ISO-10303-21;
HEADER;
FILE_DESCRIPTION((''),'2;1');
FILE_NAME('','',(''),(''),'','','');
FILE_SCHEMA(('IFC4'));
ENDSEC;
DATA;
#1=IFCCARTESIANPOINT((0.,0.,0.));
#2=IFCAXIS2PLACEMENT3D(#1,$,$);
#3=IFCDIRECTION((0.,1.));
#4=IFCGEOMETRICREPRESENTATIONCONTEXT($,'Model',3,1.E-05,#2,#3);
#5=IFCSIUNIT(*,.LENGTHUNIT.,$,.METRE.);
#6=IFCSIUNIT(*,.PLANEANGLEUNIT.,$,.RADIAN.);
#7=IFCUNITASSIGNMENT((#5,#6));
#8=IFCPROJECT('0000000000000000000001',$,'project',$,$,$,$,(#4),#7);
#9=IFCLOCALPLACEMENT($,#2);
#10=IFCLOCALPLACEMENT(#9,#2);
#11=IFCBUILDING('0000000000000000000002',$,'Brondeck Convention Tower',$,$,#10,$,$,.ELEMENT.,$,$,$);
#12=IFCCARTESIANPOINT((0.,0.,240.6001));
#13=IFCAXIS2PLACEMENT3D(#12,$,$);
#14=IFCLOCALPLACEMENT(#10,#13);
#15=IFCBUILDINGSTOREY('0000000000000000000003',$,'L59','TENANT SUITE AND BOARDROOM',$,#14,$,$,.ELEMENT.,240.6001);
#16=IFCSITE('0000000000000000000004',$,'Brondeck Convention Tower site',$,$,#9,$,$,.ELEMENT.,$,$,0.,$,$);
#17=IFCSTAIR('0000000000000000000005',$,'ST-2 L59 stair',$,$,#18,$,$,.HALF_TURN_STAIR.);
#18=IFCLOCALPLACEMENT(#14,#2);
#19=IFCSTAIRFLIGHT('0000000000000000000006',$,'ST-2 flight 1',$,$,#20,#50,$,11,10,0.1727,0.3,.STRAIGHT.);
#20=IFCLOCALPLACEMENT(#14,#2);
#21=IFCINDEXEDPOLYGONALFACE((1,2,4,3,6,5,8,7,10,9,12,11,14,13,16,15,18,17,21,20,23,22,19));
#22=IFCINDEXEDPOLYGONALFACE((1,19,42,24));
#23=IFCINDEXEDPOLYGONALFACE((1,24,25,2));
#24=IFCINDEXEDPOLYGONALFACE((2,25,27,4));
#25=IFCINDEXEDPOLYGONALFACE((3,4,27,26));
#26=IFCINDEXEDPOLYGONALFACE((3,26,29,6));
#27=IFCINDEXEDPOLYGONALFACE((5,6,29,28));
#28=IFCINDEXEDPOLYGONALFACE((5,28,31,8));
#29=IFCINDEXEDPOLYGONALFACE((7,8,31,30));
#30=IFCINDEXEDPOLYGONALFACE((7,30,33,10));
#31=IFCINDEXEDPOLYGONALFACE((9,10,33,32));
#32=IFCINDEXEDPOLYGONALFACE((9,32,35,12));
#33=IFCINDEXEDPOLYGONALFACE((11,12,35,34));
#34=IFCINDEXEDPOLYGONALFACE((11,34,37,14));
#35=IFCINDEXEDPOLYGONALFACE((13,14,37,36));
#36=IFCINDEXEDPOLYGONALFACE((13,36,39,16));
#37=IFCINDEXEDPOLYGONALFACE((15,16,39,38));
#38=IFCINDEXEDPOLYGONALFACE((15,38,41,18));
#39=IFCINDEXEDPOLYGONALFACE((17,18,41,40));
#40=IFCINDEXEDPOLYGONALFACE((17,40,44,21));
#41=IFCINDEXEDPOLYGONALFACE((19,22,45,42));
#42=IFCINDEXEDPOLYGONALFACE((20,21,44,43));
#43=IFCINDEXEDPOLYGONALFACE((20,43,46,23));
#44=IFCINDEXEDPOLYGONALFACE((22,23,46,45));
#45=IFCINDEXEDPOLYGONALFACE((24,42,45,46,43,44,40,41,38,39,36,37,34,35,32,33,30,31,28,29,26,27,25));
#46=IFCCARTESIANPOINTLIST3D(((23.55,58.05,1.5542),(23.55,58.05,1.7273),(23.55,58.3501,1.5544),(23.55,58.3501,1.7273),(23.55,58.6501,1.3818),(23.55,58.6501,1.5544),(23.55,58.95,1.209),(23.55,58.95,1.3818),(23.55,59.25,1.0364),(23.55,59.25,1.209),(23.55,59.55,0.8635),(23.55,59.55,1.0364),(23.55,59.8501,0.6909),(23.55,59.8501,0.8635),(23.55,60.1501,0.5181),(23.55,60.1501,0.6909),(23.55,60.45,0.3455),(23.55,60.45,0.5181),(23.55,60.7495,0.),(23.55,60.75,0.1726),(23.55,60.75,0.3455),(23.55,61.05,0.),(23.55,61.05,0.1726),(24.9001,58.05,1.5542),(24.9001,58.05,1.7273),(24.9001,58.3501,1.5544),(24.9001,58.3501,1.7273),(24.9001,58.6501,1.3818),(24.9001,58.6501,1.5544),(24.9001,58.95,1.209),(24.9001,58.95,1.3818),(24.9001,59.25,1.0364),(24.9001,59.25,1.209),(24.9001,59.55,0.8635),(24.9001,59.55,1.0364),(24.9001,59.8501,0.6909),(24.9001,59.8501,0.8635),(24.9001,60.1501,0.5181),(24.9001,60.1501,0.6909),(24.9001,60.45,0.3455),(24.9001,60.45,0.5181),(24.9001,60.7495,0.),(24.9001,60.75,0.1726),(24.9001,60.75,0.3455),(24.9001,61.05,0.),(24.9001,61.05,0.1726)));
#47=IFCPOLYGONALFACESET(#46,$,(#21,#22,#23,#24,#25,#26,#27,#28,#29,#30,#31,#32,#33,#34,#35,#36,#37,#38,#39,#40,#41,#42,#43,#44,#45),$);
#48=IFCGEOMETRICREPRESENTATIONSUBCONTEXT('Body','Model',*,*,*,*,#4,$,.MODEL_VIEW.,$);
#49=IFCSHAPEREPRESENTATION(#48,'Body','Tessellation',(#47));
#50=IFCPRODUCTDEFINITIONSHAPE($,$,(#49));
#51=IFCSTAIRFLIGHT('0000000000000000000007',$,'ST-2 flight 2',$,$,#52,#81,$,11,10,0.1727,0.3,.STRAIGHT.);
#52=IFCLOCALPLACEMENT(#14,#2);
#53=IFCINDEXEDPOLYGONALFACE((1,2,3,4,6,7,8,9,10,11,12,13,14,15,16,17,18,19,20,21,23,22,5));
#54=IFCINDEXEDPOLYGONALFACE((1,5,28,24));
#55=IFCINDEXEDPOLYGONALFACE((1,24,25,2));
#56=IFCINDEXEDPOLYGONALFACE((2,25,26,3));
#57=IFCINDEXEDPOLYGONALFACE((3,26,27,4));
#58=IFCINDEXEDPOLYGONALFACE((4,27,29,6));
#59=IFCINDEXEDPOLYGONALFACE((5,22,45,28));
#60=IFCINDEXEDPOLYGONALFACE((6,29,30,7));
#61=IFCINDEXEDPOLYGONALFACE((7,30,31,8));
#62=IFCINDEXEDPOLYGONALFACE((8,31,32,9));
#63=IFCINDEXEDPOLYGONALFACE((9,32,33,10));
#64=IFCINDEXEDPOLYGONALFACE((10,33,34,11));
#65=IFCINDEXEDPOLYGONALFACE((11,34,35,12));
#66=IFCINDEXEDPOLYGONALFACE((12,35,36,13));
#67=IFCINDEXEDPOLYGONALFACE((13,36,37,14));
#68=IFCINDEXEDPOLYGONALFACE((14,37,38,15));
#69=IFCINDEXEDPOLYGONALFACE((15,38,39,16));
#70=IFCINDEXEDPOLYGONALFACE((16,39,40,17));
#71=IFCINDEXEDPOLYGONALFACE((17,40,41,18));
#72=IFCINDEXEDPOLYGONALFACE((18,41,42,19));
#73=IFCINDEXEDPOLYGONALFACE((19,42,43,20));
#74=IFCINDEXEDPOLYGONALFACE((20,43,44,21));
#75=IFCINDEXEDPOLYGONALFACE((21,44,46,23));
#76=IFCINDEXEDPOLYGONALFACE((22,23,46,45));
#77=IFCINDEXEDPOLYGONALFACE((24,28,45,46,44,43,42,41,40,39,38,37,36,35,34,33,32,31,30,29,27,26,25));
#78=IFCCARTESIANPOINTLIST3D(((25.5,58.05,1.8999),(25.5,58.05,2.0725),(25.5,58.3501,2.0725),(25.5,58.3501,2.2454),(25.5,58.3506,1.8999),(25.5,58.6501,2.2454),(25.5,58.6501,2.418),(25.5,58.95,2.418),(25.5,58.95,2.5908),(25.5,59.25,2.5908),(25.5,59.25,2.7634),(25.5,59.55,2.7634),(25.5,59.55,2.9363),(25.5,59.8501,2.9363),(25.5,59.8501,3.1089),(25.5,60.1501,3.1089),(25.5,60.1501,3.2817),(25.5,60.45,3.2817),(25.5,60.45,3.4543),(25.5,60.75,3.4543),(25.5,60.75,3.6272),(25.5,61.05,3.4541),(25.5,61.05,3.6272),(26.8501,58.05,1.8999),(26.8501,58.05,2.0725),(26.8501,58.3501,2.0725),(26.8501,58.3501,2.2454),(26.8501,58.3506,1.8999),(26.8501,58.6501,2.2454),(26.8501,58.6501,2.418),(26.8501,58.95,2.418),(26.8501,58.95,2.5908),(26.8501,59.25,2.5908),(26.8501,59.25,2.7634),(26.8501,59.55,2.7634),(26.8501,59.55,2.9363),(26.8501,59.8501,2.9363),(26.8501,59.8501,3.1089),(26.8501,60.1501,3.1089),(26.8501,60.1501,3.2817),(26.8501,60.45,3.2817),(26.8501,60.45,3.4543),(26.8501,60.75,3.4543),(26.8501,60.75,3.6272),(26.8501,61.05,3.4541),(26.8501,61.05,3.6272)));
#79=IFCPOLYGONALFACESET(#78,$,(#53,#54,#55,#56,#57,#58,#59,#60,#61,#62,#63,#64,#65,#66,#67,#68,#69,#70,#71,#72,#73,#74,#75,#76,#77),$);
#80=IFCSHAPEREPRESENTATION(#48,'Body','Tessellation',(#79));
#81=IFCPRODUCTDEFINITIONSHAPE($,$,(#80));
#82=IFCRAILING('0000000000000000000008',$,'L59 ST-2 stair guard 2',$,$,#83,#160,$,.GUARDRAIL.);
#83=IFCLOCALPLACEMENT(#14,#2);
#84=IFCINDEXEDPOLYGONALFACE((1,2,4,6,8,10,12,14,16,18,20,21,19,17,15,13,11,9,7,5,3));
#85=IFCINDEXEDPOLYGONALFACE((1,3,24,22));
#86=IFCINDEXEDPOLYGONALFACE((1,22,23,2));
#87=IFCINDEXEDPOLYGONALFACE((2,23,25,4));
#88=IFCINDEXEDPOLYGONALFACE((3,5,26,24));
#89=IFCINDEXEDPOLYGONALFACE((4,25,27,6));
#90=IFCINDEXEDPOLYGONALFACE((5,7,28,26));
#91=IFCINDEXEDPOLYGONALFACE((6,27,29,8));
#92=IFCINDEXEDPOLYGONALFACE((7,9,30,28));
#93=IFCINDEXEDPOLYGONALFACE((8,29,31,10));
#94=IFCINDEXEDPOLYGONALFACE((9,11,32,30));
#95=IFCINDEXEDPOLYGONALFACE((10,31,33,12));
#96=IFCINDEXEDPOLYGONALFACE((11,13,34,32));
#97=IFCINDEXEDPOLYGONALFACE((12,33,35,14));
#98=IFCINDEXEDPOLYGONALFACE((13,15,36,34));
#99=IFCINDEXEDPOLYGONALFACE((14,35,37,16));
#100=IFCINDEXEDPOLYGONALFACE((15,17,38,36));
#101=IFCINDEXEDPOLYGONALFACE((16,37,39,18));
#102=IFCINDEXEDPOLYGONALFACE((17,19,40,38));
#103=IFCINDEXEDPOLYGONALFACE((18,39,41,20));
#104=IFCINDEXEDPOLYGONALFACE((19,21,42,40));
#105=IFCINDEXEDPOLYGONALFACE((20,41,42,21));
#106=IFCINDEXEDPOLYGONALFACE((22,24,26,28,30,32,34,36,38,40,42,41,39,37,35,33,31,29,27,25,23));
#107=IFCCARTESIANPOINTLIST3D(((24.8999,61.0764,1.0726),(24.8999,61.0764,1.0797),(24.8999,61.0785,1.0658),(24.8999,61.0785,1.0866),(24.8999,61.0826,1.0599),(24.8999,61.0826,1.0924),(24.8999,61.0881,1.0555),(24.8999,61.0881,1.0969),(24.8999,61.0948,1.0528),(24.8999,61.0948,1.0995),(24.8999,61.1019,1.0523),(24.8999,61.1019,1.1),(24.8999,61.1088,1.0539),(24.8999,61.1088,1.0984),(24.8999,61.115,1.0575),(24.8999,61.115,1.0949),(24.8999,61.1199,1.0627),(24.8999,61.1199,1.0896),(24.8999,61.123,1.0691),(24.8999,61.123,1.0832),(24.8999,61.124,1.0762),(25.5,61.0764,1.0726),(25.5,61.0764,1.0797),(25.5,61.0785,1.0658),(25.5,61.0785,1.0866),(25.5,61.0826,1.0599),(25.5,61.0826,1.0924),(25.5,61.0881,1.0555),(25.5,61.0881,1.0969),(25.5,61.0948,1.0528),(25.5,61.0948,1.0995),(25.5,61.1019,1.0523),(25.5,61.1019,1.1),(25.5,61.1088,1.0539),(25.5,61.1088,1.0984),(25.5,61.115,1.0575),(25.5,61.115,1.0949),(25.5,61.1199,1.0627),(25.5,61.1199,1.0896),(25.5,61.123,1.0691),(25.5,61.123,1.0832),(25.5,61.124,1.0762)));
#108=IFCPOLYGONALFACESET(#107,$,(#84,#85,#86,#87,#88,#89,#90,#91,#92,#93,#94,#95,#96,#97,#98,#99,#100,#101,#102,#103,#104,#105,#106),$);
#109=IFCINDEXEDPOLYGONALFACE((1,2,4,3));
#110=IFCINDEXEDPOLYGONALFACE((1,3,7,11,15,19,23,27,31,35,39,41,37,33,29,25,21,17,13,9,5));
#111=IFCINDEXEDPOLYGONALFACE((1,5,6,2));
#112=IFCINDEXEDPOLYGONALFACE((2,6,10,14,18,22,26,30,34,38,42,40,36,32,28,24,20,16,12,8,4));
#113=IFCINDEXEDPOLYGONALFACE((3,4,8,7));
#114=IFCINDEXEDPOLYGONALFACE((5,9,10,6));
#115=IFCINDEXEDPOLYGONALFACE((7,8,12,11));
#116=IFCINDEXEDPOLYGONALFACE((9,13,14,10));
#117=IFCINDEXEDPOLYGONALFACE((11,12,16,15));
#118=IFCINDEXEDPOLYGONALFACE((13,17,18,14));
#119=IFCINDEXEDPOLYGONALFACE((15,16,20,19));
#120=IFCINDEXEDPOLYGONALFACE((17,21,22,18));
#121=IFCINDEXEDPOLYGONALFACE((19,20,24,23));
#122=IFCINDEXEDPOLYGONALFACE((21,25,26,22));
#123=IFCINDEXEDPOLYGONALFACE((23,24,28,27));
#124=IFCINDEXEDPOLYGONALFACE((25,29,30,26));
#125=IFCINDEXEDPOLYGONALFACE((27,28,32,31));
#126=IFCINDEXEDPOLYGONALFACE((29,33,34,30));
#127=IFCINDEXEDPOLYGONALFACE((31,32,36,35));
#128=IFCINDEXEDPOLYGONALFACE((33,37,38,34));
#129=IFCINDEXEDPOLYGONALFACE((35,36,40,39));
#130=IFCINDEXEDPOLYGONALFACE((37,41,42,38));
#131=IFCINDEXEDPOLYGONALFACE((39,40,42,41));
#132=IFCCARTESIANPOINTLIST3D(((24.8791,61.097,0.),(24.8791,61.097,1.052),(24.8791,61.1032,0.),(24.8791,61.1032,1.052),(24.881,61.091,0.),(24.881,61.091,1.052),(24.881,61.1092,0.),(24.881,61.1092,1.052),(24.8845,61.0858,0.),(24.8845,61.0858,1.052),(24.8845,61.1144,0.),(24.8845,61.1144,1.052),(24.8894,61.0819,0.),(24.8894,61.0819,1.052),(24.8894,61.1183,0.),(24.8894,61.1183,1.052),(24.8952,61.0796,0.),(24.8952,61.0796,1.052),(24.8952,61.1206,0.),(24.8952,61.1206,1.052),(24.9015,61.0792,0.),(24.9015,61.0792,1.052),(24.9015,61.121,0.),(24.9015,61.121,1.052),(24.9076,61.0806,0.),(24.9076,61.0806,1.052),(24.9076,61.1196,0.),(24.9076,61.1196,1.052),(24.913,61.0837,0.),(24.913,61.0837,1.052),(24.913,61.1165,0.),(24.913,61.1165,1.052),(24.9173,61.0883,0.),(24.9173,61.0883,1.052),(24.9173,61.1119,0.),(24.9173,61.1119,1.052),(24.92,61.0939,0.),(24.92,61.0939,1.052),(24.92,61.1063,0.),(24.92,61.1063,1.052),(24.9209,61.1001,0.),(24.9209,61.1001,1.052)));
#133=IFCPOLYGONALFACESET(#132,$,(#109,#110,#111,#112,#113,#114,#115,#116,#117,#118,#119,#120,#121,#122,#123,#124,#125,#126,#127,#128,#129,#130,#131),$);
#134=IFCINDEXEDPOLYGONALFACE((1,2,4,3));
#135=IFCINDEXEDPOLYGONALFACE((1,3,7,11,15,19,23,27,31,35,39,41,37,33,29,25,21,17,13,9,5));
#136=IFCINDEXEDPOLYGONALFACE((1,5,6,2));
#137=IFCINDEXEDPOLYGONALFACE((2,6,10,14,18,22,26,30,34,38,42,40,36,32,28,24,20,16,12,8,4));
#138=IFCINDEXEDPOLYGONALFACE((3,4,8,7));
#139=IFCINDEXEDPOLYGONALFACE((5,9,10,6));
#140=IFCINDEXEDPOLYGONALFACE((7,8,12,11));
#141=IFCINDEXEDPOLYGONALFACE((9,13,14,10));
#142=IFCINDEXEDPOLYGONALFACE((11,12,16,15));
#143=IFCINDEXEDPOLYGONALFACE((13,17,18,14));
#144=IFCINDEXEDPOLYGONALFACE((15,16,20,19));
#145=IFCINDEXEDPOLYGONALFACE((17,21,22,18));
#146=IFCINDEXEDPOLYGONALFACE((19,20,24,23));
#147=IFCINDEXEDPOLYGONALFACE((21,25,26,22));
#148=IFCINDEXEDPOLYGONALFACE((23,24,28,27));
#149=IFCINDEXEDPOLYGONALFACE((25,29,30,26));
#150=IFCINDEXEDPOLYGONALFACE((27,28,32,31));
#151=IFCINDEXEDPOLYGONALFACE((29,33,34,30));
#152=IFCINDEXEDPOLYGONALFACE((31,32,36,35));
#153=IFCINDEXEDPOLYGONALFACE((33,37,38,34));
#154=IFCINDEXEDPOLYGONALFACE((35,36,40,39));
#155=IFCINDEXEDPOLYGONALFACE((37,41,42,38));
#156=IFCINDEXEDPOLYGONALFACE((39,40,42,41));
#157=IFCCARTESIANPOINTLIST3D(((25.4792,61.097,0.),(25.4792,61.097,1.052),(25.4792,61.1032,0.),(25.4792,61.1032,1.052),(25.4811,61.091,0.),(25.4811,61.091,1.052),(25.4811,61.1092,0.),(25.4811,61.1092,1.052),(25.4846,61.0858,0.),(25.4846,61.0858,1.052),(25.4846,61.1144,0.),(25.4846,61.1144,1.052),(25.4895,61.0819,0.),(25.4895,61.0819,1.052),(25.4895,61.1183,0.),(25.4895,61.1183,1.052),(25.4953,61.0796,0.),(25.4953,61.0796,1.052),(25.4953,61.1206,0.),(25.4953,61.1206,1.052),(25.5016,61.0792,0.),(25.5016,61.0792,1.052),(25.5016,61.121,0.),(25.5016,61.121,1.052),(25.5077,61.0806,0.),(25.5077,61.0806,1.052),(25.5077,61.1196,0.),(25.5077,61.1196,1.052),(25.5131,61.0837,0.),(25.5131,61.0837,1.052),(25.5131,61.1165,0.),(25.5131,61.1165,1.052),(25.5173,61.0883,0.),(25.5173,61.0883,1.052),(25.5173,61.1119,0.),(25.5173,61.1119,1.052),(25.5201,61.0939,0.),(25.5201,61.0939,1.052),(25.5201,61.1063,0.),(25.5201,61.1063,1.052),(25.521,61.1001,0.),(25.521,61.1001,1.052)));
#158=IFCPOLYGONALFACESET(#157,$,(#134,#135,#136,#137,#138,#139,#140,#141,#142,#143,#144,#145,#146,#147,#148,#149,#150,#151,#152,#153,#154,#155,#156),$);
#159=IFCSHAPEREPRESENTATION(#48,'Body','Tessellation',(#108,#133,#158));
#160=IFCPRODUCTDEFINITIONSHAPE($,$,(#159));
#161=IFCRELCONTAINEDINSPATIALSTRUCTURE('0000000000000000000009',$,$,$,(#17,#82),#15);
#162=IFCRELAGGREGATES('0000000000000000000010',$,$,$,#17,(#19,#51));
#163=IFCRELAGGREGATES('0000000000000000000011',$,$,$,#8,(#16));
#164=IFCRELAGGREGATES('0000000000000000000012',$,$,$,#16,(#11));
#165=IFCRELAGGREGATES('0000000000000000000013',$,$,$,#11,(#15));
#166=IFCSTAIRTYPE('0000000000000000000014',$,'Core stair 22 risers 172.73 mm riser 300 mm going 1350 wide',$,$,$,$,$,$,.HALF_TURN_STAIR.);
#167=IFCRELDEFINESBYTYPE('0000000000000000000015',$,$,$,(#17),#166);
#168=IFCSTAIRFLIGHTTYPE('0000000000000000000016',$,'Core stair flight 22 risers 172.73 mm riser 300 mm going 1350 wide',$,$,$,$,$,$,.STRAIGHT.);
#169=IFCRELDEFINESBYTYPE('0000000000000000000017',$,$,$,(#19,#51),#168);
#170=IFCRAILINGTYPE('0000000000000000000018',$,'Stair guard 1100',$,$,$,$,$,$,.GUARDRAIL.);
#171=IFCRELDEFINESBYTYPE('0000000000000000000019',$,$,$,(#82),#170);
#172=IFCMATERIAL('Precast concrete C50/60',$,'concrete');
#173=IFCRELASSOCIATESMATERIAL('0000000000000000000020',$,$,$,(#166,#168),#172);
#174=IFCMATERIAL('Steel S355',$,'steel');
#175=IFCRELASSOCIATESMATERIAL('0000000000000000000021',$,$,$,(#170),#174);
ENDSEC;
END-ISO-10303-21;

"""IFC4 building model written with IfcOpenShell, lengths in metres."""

from ifc_helpers import new_model, si_unit, direction, frame, origin, origin_2d, place, context, subcontext, project, spatial, polyline, circle, outline, extrude, material, type_object, element, aggregate, save


model = new_model("IFC4")

# Units and contexts
model_context = context("Model", 3, precision=1e-05, world=origin(), true_north=direction((0.0, 1.0)))
body_context = subcontext(model_context, "Body", "Model", "MODEL_VIEW")
ifc_project = project(units=[si_unit("LENGTHUNIT", "METRE"), si_unit("PLANEANGLEUNIT", "RADIAN")], contexts=[model_context])

# Site, building, storey
site_placement = place(None, origin())
site = spatial("IfcSite", under=ifc_project, at=site_placement, Name="Brondeck Convention Tower site", CompositionType="ELEMENT", RefElevation=0.0)
building_placement = place(site_placement, origin())
building = spatial("IfcBuilding", under=site, at=building_placement, Name="Brondeck Convention Tower", CompositionType="ELEMENT")
storey_placement = place(building_placement, frame((0.0, 0.0, 240.6001)))
storey = spatial("IfcBuildingStorey", under=building, at=storey_placement, Name="L59", Description="TENANT SUITE AND BOARDROOM", CompositionType="ELEMENT", Elevation=240.6001)

# Stair, stair flights
ifc_material_1 = material(Name="Precast concrete C50/60", Category="concrete")
stair_type = type_object("IfcStairType", Name="Core stair 22 risers 172.73 mm riser 300 mm going 1350 wide", PredefinedType="HALF_TURN_STAIR", material=ifc_material_1)
stair_placement = place(storey_placement, origin())
stair = element("IfcStair", 1, at=stair_placement, inside=storey, type_object=stair_type, Name="ST-2 L59 stair", PredefinedType="HALF_TURN_STAIR")
stair_flight_type = type_object("IfcStairFlightType", Name="Core stair flight 22 risers 172.73 mm riser 300 mm going 1350 wide", PredefinedType="STRAIGHT", material=ifc_material_1)
stair_flight_1_placement = place(storey_placement, frame((24.2251, 61.05, 0.0), z_axis=(0.0, 0.0, 1.0), x_axis=(0.0, -1.0, 0.0)))
stair_flight_1 = element("IfcStairFlight", 2, at=stair_flight_1_placement, type_object=stair_flight_type, Name="ST-2 flight 1", NumberOfRisers=11, NumberOfTreads=10, PredefinedType="STRAIGHT", RiserHeight=0.1727, TreadLength=0.3, context=body_context, shape_type="SweptSolid", body=[
    extrude(outline(polyline([(0.0, 0.0), (0.0, 0.1726), (0.3, 0.1726), (0.3, 0.3455), (0.6001, 0.3455), (0.6001, 0.5181), (0.8999, 0.5181), (0.8999, 0.6909), (1.2, 0.6909), (1.2, 0.8635), (1.5, 0.8635), (1.5, 1.0364), (1.8, 1.0364), (1.8, 1.209), (2.1001, 1.209), (2.1001, 1.3818), (2.3999, 1.3818), (2.3999, 1.5544), (2.7, 1.5544), (2.7, 1.7273), (3.0, 1.7273), (3.0, 1.8999), (3.0, 1.5542), (0.3005, 0.0), (0.0, 0.0)])), frame((0.0, 0.675, 0.0), z_axis=(0.0, -1.0, 0.0), x_axis=(1.0, 0.0, 0.0)), (0.0, 0.0, 1.0), 1.3501),
])
stair_flight_2_placement = place(storey_placement, frame((26.175, 58.05, 1.8999), z_axis=(0.0, 0.0, 1.0), x_axis=(0.0, 1.0, 0.0)))
stair_flight_2 = element("IfcStairFlight", 3, at=stair_flight_2_placement, type_object=stair_flight_type, Name="ST-2 flight 2", NumberOfRisers=11, NumberOfTreads=10, PredefinedType="STRAIGHT", RiserHeight=0.1727, TreadLength=0.3, context=body_context, shape_type="SweptSolid", body=[
    extrude(outline(polyline([(0.0, 0.0), (0.0, 0.1726), (0.3, 0.1726), (0.3, 0.3455), (0.6001, 0.3455), (0.6001, 0.5181), (0.8999, 0.5181), (0.8999, 0.6909), (1.2, 0.6909), (1.2, 0.8635), (1.5, 0.8635), (1.5, 1.0364), (1.8, 1.0364), (1.8, 1.209), (2.1001, 1.209), (2.1001, 1.3818), (2.3999, 1.3818), (2.3999, 1.5544), (2.7, 1.5544), (2.7, 1.7273), (3.0, 1.7273), (3.0, 1.8999), (3.0, 1.5542), (0.3005, 0.0), (0.0, 0.0)])), frame((0.0, 0.675, 0.0), z_axis=(0.0, -1.0, 0.0), x_axis=(1.0, 0.0, 0.0)), (0.0, 0.0, 1.0), 1.3501),
])
aggregate(stair, [stair_flight_1, stair_flight_2])

# Railing
ifc_material_2 = material(Name="Steel S355", Category="steel")
railing_type_1 = type_object("IfcRailingType", Name="Stair guard 1100", PredefinedType="GUARDRAIL", material=ifc_material_2)
railing_1_placement = place(storey_placement, frame((24.8999, 61.1001, 0.0)))
element("IfcRailing", 4, at=railing_1_placement, inside=storey, type_object=railing_type_1, Name="L59 ST-2 stair guard 2", PredefinedType="GUARDRAIL", context=body_context, shape_type="SweptSolid", body=[
    extrude(circle(Radius=0.0239, at=origin_2d()), frame((0.0, 0.0, 1.0762), z_axis=(1.0, 0.0, 0.0), x_axis=(0.0, 1.0, 0.0)), (0.0, 0.0, 1.0), 0.6001),
    extrude(circle(Radius=0.021, at=origin_2d()), origin(), (0.0, 0.0, 1.0), 1.052),
    extrude(circle(Radius=0.021, at=origin_2d()), frame((0.6001, 0.0, 0.0)), (0.0, 0.0, 1.0), 1.052),
])

save(model, "model.ifc")
